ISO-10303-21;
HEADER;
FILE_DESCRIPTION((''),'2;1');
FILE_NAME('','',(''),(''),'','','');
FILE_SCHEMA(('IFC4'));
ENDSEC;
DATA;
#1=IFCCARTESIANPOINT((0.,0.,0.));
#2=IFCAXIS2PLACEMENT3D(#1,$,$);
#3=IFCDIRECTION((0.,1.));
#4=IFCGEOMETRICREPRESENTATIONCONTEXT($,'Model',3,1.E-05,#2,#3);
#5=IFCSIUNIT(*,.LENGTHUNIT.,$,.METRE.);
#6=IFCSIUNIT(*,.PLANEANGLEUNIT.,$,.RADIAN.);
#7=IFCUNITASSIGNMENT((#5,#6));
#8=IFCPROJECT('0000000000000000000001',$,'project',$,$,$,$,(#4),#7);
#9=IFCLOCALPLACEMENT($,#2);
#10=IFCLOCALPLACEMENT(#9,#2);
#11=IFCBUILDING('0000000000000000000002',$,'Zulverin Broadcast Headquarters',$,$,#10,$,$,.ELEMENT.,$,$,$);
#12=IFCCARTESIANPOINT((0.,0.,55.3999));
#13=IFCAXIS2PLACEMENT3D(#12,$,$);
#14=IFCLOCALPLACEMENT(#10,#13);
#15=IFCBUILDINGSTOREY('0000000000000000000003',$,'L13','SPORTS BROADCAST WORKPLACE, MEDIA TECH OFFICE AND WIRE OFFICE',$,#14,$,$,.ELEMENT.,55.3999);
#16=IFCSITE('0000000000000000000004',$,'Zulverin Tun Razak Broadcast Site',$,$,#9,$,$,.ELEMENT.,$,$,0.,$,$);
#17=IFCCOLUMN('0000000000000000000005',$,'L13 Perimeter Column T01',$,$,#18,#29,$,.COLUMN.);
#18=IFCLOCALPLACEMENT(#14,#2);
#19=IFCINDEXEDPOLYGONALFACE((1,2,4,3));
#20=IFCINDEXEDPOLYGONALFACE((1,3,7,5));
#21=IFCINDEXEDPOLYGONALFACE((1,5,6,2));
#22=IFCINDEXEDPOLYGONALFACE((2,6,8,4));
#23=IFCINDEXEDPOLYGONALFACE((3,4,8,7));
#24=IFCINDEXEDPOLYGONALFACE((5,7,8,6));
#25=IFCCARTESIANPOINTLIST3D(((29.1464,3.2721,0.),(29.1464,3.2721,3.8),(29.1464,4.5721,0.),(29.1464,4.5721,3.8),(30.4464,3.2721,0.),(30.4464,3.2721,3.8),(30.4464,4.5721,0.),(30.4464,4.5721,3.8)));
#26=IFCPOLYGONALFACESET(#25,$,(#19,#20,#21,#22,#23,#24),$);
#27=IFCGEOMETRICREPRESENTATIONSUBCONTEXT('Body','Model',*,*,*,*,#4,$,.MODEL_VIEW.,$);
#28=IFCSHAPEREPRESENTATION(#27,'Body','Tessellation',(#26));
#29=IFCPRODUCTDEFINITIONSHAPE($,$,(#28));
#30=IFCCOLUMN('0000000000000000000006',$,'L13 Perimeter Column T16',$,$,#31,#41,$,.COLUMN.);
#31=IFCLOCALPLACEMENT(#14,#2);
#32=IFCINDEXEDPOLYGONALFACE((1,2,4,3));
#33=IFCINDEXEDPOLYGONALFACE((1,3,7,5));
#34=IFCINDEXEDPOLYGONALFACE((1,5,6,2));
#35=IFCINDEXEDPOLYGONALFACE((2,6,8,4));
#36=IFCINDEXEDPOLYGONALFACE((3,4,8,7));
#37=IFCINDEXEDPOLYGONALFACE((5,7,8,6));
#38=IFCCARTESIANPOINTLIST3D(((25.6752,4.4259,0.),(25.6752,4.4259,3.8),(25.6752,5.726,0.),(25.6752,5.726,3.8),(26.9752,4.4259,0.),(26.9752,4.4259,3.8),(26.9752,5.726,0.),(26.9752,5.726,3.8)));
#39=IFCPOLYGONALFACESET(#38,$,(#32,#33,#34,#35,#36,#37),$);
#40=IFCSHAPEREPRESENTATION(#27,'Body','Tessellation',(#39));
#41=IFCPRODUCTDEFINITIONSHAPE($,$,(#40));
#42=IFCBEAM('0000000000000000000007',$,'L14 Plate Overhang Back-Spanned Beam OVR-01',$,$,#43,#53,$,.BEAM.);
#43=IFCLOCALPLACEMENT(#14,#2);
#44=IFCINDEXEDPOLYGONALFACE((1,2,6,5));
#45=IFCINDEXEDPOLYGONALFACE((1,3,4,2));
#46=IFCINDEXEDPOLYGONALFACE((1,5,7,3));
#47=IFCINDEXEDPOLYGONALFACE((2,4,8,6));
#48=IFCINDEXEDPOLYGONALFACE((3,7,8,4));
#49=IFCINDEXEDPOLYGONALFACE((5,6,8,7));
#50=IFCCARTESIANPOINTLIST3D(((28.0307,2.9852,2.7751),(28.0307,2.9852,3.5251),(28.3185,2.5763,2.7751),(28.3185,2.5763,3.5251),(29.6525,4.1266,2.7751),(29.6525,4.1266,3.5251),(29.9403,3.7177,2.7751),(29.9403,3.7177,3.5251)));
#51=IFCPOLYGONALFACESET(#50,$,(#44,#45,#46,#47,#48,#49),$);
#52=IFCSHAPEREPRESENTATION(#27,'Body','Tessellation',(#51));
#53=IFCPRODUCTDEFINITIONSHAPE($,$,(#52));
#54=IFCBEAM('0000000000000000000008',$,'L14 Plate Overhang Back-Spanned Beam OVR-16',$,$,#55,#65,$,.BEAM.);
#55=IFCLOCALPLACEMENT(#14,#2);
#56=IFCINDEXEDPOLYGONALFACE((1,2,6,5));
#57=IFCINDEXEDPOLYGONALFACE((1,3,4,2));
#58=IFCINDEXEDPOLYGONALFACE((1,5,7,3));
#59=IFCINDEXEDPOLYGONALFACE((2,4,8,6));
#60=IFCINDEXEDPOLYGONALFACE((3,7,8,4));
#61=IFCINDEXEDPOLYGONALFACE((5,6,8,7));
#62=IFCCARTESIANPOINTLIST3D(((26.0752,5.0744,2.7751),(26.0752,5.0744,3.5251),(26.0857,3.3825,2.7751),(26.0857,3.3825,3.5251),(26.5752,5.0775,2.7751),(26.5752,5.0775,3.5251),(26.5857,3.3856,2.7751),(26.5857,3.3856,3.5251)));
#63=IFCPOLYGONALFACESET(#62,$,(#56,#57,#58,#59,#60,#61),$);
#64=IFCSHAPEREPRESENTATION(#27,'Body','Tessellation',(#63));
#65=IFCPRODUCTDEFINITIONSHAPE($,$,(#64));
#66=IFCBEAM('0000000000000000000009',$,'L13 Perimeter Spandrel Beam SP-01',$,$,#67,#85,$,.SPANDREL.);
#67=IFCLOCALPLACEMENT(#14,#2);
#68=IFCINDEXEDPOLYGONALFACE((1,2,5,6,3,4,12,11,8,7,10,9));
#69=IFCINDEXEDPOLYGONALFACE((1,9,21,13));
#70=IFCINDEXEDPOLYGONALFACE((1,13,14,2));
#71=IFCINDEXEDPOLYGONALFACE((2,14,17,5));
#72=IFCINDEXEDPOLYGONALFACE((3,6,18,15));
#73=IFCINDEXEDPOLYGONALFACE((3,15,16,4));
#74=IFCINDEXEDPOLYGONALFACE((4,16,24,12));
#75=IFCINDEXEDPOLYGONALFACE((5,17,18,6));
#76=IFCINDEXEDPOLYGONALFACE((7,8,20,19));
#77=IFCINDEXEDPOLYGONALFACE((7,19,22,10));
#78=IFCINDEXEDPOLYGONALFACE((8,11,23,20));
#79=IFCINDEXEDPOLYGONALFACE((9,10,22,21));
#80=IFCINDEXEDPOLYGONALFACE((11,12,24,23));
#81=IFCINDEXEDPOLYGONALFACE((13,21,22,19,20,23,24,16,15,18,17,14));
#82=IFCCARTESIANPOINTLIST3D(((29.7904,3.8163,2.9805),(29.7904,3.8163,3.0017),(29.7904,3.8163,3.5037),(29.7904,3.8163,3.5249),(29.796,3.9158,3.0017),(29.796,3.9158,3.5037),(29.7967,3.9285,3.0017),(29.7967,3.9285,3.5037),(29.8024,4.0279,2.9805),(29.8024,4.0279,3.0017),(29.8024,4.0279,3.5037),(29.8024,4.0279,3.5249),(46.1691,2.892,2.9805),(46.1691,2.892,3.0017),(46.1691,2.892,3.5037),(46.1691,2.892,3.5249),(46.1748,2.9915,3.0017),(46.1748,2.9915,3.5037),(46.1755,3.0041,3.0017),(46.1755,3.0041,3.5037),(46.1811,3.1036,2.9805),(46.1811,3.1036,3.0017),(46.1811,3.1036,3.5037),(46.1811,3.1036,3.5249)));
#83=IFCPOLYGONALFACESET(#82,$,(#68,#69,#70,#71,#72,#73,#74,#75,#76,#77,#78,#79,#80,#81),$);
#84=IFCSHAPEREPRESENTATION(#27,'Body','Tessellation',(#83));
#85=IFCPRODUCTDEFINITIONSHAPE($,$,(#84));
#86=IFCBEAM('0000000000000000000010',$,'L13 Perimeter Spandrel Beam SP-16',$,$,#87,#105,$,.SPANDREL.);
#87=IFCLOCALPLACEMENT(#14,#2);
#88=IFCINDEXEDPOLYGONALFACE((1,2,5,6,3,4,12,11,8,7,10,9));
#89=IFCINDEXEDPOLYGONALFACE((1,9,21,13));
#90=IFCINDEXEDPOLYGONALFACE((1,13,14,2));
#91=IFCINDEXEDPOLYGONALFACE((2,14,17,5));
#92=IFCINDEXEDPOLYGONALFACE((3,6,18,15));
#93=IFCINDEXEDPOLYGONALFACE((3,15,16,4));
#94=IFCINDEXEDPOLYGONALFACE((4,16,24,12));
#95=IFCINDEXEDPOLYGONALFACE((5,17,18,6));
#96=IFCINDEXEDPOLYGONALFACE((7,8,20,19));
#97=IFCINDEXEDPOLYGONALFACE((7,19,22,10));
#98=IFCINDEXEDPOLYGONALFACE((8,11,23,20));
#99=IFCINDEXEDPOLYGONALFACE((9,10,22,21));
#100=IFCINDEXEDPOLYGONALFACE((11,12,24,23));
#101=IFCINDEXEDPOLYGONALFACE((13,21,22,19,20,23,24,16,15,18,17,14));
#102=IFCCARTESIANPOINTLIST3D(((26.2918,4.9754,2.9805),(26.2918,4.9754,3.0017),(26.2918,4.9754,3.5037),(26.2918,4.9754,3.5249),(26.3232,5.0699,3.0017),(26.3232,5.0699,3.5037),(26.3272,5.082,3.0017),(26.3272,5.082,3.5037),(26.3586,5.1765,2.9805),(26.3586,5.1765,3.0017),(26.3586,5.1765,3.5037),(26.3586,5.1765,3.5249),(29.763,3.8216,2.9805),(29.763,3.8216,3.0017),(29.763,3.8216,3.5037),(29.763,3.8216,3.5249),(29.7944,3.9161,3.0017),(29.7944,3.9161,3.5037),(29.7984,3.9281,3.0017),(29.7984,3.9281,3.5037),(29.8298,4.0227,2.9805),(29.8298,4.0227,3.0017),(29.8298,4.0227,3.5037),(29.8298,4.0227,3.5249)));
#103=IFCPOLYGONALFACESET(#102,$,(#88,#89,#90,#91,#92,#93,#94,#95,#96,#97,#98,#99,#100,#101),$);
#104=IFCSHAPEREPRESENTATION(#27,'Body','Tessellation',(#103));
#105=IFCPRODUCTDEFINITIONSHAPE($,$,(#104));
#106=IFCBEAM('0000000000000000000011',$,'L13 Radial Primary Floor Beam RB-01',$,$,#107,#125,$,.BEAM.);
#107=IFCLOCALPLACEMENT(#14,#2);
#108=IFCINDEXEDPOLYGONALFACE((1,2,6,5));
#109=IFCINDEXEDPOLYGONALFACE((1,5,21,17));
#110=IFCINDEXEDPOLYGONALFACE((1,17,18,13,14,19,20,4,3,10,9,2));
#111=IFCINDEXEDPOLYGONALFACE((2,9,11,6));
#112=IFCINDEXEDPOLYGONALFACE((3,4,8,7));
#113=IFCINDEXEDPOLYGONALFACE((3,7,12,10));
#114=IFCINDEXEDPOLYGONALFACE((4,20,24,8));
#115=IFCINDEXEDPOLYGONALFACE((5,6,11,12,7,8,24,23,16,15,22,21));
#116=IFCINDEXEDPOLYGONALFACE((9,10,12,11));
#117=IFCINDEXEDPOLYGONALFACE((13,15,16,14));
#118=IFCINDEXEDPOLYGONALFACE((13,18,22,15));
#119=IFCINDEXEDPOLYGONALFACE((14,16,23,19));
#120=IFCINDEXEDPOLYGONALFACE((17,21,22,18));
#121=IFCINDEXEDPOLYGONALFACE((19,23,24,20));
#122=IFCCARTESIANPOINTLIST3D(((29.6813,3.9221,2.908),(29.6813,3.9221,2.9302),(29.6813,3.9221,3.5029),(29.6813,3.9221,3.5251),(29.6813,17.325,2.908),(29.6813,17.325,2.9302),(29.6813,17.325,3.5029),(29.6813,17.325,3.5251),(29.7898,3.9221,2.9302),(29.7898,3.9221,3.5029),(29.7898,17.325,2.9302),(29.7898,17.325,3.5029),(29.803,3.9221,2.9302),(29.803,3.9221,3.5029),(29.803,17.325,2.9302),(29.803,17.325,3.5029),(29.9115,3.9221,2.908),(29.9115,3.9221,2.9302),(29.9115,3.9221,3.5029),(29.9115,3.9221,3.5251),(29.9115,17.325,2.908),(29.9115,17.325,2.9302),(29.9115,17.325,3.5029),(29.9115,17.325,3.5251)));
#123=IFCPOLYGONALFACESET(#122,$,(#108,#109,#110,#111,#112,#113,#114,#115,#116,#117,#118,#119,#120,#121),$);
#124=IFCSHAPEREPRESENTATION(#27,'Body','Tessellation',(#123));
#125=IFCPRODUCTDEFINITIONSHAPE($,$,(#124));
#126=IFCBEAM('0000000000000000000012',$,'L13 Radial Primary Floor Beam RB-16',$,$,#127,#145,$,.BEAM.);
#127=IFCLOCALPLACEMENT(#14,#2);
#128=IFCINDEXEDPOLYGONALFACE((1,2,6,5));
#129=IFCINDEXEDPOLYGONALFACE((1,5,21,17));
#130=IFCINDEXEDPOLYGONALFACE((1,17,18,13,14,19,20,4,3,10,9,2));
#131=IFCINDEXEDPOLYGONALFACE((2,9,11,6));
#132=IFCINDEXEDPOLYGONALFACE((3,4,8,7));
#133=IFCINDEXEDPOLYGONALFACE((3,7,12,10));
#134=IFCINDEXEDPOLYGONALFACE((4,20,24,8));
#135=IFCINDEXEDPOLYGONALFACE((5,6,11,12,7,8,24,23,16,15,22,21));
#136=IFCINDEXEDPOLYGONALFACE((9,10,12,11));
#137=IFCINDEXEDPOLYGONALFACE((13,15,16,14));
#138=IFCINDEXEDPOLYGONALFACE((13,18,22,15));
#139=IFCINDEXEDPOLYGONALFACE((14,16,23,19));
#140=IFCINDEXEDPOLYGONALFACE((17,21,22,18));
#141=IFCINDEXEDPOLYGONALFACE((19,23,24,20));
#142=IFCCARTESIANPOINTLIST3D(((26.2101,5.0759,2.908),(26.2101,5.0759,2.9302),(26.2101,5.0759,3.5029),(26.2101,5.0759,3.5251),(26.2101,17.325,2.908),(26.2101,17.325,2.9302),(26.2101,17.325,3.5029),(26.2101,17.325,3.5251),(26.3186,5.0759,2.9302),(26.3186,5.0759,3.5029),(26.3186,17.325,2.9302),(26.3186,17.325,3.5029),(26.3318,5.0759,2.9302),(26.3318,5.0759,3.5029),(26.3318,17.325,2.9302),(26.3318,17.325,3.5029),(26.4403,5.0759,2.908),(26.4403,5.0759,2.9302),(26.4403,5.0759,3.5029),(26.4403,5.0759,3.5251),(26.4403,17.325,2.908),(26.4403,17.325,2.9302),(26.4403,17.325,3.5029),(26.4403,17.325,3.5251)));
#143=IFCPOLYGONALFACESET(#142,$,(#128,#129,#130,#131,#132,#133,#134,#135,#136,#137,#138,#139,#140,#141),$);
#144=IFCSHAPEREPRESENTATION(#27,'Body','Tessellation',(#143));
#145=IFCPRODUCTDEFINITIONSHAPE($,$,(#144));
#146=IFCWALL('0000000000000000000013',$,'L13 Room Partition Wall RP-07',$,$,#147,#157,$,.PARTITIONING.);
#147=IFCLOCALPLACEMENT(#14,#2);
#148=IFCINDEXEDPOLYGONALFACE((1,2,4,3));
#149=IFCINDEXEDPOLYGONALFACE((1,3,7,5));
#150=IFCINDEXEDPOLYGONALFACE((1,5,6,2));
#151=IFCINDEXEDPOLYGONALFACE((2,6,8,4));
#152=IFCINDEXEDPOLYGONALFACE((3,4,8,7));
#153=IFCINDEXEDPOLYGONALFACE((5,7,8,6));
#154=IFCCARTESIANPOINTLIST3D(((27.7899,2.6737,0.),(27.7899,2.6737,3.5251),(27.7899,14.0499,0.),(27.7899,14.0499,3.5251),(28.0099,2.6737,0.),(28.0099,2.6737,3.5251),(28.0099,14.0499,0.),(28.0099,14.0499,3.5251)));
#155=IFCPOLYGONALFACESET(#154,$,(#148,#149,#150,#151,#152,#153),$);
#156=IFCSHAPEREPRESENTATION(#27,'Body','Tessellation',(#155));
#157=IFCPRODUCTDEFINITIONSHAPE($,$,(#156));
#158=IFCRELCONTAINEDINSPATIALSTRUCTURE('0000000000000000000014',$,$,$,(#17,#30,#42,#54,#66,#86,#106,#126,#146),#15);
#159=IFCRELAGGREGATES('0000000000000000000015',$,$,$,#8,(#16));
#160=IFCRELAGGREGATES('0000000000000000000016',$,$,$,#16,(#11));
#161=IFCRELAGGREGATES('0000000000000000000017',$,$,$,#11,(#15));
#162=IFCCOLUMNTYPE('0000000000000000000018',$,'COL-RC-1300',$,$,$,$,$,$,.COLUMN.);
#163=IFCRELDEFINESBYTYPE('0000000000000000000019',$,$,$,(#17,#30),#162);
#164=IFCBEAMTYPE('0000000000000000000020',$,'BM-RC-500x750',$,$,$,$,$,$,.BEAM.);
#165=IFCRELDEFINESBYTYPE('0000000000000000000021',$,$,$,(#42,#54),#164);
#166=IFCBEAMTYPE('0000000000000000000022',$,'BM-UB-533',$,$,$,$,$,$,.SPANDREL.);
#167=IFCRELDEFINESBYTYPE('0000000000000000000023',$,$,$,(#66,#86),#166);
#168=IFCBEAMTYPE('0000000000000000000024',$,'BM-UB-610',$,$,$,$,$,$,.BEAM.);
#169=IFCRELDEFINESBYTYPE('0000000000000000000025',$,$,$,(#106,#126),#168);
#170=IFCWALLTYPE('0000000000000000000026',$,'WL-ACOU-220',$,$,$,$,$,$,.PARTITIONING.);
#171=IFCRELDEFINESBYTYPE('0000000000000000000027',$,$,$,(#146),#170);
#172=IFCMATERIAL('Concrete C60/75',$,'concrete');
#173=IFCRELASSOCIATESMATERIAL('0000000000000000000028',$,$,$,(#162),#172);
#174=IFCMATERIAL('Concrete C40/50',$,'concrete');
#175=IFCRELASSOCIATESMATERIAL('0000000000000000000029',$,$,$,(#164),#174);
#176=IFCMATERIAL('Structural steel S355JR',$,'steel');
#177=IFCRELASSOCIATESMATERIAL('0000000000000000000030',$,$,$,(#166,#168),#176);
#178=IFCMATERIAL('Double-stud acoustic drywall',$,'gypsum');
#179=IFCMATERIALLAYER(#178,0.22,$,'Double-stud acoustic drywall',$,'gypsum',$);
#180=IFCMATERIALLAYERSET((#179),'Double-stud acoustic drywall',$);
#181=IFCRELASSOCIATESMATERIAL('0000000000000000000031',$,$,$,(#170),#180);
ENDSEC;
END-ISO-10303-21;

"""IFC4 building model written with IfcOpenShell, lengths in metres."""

from ifc_helpers import new_model, si_unit, direction, frame, frame_2d, origin, origin_2d, place, context, subcontext, project, spatial, rectangle, i_section, extrude, material, layer, layer_set, material_profile, profile_set, type_object, element, save


model = new_model("IFC4")

# Units and contexts
model_context = context("Model", 3, precision=1e-05, world=origin(), true_north=direction((0.0, 1.0)))
body_context = subcontext(model_context, "Body", "Model", "MODEL_VIEW")
ifc_project = project(units=[si_unit("LENGTHUNIT", "METRE"), si_unit("PLANEANGLEUNIT", "RADIAN")], contexts=[model_context])

# Site, building, storey
site_placement = place(None, origin())
site = spatial("IfcSite", under=ifc_project, at=site_placement, Name="Zulverin Tun Razak Broadcast Site", CompositionType="ELEMENT", RefElevation=0.0)
building_placement = place(site_placement, origin())
building = spatial("IfcBuilding", under=site, at=building_placement, Name="Zulverin Broadcast Headquarters", CompositionType="ELEMENT")
storey_placement = place(building_placement, frame((0.0, 0.0, 55.3999)))
storey = spatial("IfcBuildingStorey", under=building, at=storey_placement, Name="L13", Description="SPORTS BROADCAST WORKPLACE, MEDIA TECH OFFICE AND WIRE OFFICE", CompositionType="ELEMENT", Elevation=55.3999)

# Columns
ifc_material_1 = material(Name="Concrete C60/75", Category="concrete")
ifc_material_profile_1 = material_profile(ifc_material_1, rectangle(XDim=1.3, YDim=1.3, at=origin_2d()), Name="Concrete C60/75", Category="concrete")
ifc_profile_set_1 = profile_set([ifc_material_profile_1], Name="Concrete C60/75")
column_type = type_object("IfcColumnType", Name="COL-RC-1300", PredefinedType="COLUMN", material=ifc_profile_set_1)
for number, where, z_axis, x_axis, name in (
    (1, (29.7964, 3.9221, 0.0), (0.0, 0.0, 1.0), (1.0, 0.0, 0.0), "L13 Perimeter Column T01"),
    (2, (26.3252, 5.0759, 0.0), (0.0, 0.0, 1.0), (1.0, 0.0, 0.0), "L13 Perimeter Column T16"),
):
    element("IfcColumn", number, at=place(storey_placement, frame(where, z_axis=z_axis, x_axis=x_axis)), inside=storey, type_object=column_type, Name=name, PredefinedType="COLUMN", context=body_context, shape_type="SweptSolid", body=[
        extrude(rectangle(XDim=1.3, YDim=1.3, at=origin_2d()), origin(), (0.0, 0.0, 1.0), 3.8),
    ])

# Beams
ifc_material_2 = material(Name="Concrete C40/50", Category="concrete")
ifc_material_profile_2 = material_profile(ifc_material_2, rectangle(XDim=0.5, YDim=0.75, at=origin_2d()), Name="Concrete C40/50", Category="concrete")
ifc_profile_set_2 = profile_set([ifc_material_profile_2], Name="Concrete C40/50")
beam_type_1 = type_object("IfcBeamType", Name="BM-RC-500x750", PredefinedType="BEAM", material=ifc_profile_set_2)
beam_1_placement = place(storey_placement, frame((29.7964, 3.9221, 3.1501), z_axis=(-0.817789, -0.575518, 0.0), x_axis=(0.575518, -0.817789, 0.0)))
element("IfcBeam", 3, at=beam_1_placement, inside=storey, type_object=beam_type_1, Name="L14 Plate Overhang Back-Spanned Beam OVR-01", PredefinedType="BEAM", context=body_context, shape_type="SweptSolid", body=[
    extrude(rectangle(XDim=0.5, YDim=0.75, at=origin_2d()), origin(), (0.0, 0.0, 1.0), 1.9832),
])
beam_2_placement = place(storey_placement, frame((26.3252, 5.0759, 3.1501), z_axis=(0.006205, -0.999981, 0.0), x_axis=(0.999981, 0.006205, 0.0)))
element("IfcBeam", 4, at=beam_2_placement, inside=storey, type_object=beam_type_1, Name="L14 Plate Overhang Back-Spanned Beam OVR-16", PredefinedType="BEAM", context=body_context, shape_type="SweptSolid", body=[
    extrude(rectangle(XDim=0.5, YDim=0.75, at=origin_2d()), origin(), (0.0, 0.0, 1.0), 1.6919),
])
ifc_material_3 = material(Name="Structural steel S355JR", Category="steel")
ifc_material_profile_3 = material_profile(ifc_material_3, i_section(OverallWidth=0.2119, OverallDepth=0.5444, WebThickness=0.0127, FlangeThickness=0.0212, at=origin_2d()), Name="Structural steel S355JR", Category="steel")
ifc_profile_set_3 = profile_set([ifc_material_profile_3], Name="Structural steel S355JR")
beam_type_2 = type_object("IfcBeamType", Name="BM-UB-533", PredefinedType="SPANDREL", material=ifc_profile_set_3)
beam_3_placement = place(storey_placement, frame((29.7964, 3.9221, 3.2527), z_axis=(0.998411, -0.056345, 0.0), x_axis=(0.056345, 0.998411, 0.0)))
element("IfcBeam", 5, at=beam_3_placement, inside=storey, type_object=beam_type_2, Name="L13 Perimeter Spandrel Beam SP-01", PredefinedType="SPANDREL", context=body_context, shape_type="SweptSolid", body=[
    extrude(i_section(OverallWidth=0.2119, OverallDepth=0.5444, WebThickness=0.0127, FlangeThickness=0.0212, at=origin_2d()), origin(), (0.0, 0.0, 1.0), 16.4048),
])
beam_4_placement = place(storey_placement, frame((26.3252, 5.0759, 3.2527), z_axis=(0.94895, -0.315427, 0.0), x_axis=(0.315427, 0.94895, 0.0)))
element("IfcBeam", 6, at=beam_4_placement, inside=storey, type_object=beam_type_2, Name="L13 Perimeter Spandrel Beam SP-16", PredefinedType="SPANDREL", context=body_context, shape_type="SweptSolid", body=[
    extrude(i_section(OverallWidth=0.2119, OverallDepth=0.5444, WebThickness=0.0127, FlangeThickness=0.0212, at=origin_2d()), origin(), (0.0, 0.0, 1.0), 3.658),
])
ifc_material_profile_4 = material_profile(ifc_material_3, i_section(OverallWidth=0.2302, OverallDepth=0.6172, WebThickness=0.0132, FlangeThickness=0.0222, at=origin_2d()), Name="Structural steel S355JR", Category="steel")
ifc_profile_set_4 = profile_set([ifc_material_profile_4], Name="Structural steel S355JR")
beam_type_3 = type_object("IfcBeamType", Name="BM-UB-610", PredefinedType="BEAM", material=ifc_profile_set_4)
beam_5_placement = place(storey_placement, frame((29.7964, 17.325, 3.2166), z_axis=(0.0, -1.0, 0.0), x_axis=(1.0, 0.0, 0.0)))
element("IfcBeam", 7, at=beam_5_placement, inside=storey, type_object=beam_type_3, Name="L13 Radial Primary Floor Beam RB-01", PredefinedType="BEAM", context=body_context, shape_type="SweptSolid", body=[
    extrude(i_section(OverallWidth=0.2302, OverallDepth=0.6172, WebThickness=0.0132, FlangeThickness=0.0222, at=origin_2d()), origin(), (0.0, 0.0, 1.0), 13.4028),
])
beam_6_placement = place(storey_placement, frame((26.3252, 17.325, 3.2166), z_axis=(0.0, -1.0, 0.0), x_axis=(1.0, 0.0, 0.0)))
element("IfcBeam", 8, at=beam_6_placement, inside=storey, type_object=beam_type_3, Name="L13 Radial Primary Floor Beam RB-16", PredefinedType="BEAM", context=body_context, shape_type="SweptSolid", body=[
    extrude(i_section(OverallWidth=0.2302, OverallDepth=0.6172, WebThickness=0.0132, FlangeThickness=0.0222, at=origin_2d()), origin(), (0.0, 0.0, 1.0), 12.249),
])

# Wall
ifc_material_4 = material(Name="Double-stud acoustic drywall", Category="gypsum")
ifc_layer_1 = layer(ifc_material_4, 0.22, Name="Double-stud acoustic drywall", Category="gypsum")
ifc_layer_set_1 = layer_set([ifc_layer_1], Name="Double-stud acoustic drywall")
wall_type_1 = type_object("IfcWallType", Name="WL-ACOU-220", PredefinedType="PARTITIONING", material=ifc_layer_set_1)
wall_1_placement = place(storey_placement, frame((27.8999, 2.6738, 0.0), z_axis=(0.0, 0.0, 1.0), x_axis=(0.0, 1.0, 0.0)))
element("IfcWall", 9, at=wall_1_placement, inside=storey, type_object=wall_type_1, Name="L13 Room Partition Wall RP-07", PredefinedType="PARTITIONING", context=body_context, shape_type="SweptSolid", body=[
    extrude(rectangle(XDim=11.3762, YDim=0.22, at=frame_2d((5.688, 0.0))), origin(), (0.0, 0.0, 1.0), 3.5251),
])

save(model, "model.ifc")
